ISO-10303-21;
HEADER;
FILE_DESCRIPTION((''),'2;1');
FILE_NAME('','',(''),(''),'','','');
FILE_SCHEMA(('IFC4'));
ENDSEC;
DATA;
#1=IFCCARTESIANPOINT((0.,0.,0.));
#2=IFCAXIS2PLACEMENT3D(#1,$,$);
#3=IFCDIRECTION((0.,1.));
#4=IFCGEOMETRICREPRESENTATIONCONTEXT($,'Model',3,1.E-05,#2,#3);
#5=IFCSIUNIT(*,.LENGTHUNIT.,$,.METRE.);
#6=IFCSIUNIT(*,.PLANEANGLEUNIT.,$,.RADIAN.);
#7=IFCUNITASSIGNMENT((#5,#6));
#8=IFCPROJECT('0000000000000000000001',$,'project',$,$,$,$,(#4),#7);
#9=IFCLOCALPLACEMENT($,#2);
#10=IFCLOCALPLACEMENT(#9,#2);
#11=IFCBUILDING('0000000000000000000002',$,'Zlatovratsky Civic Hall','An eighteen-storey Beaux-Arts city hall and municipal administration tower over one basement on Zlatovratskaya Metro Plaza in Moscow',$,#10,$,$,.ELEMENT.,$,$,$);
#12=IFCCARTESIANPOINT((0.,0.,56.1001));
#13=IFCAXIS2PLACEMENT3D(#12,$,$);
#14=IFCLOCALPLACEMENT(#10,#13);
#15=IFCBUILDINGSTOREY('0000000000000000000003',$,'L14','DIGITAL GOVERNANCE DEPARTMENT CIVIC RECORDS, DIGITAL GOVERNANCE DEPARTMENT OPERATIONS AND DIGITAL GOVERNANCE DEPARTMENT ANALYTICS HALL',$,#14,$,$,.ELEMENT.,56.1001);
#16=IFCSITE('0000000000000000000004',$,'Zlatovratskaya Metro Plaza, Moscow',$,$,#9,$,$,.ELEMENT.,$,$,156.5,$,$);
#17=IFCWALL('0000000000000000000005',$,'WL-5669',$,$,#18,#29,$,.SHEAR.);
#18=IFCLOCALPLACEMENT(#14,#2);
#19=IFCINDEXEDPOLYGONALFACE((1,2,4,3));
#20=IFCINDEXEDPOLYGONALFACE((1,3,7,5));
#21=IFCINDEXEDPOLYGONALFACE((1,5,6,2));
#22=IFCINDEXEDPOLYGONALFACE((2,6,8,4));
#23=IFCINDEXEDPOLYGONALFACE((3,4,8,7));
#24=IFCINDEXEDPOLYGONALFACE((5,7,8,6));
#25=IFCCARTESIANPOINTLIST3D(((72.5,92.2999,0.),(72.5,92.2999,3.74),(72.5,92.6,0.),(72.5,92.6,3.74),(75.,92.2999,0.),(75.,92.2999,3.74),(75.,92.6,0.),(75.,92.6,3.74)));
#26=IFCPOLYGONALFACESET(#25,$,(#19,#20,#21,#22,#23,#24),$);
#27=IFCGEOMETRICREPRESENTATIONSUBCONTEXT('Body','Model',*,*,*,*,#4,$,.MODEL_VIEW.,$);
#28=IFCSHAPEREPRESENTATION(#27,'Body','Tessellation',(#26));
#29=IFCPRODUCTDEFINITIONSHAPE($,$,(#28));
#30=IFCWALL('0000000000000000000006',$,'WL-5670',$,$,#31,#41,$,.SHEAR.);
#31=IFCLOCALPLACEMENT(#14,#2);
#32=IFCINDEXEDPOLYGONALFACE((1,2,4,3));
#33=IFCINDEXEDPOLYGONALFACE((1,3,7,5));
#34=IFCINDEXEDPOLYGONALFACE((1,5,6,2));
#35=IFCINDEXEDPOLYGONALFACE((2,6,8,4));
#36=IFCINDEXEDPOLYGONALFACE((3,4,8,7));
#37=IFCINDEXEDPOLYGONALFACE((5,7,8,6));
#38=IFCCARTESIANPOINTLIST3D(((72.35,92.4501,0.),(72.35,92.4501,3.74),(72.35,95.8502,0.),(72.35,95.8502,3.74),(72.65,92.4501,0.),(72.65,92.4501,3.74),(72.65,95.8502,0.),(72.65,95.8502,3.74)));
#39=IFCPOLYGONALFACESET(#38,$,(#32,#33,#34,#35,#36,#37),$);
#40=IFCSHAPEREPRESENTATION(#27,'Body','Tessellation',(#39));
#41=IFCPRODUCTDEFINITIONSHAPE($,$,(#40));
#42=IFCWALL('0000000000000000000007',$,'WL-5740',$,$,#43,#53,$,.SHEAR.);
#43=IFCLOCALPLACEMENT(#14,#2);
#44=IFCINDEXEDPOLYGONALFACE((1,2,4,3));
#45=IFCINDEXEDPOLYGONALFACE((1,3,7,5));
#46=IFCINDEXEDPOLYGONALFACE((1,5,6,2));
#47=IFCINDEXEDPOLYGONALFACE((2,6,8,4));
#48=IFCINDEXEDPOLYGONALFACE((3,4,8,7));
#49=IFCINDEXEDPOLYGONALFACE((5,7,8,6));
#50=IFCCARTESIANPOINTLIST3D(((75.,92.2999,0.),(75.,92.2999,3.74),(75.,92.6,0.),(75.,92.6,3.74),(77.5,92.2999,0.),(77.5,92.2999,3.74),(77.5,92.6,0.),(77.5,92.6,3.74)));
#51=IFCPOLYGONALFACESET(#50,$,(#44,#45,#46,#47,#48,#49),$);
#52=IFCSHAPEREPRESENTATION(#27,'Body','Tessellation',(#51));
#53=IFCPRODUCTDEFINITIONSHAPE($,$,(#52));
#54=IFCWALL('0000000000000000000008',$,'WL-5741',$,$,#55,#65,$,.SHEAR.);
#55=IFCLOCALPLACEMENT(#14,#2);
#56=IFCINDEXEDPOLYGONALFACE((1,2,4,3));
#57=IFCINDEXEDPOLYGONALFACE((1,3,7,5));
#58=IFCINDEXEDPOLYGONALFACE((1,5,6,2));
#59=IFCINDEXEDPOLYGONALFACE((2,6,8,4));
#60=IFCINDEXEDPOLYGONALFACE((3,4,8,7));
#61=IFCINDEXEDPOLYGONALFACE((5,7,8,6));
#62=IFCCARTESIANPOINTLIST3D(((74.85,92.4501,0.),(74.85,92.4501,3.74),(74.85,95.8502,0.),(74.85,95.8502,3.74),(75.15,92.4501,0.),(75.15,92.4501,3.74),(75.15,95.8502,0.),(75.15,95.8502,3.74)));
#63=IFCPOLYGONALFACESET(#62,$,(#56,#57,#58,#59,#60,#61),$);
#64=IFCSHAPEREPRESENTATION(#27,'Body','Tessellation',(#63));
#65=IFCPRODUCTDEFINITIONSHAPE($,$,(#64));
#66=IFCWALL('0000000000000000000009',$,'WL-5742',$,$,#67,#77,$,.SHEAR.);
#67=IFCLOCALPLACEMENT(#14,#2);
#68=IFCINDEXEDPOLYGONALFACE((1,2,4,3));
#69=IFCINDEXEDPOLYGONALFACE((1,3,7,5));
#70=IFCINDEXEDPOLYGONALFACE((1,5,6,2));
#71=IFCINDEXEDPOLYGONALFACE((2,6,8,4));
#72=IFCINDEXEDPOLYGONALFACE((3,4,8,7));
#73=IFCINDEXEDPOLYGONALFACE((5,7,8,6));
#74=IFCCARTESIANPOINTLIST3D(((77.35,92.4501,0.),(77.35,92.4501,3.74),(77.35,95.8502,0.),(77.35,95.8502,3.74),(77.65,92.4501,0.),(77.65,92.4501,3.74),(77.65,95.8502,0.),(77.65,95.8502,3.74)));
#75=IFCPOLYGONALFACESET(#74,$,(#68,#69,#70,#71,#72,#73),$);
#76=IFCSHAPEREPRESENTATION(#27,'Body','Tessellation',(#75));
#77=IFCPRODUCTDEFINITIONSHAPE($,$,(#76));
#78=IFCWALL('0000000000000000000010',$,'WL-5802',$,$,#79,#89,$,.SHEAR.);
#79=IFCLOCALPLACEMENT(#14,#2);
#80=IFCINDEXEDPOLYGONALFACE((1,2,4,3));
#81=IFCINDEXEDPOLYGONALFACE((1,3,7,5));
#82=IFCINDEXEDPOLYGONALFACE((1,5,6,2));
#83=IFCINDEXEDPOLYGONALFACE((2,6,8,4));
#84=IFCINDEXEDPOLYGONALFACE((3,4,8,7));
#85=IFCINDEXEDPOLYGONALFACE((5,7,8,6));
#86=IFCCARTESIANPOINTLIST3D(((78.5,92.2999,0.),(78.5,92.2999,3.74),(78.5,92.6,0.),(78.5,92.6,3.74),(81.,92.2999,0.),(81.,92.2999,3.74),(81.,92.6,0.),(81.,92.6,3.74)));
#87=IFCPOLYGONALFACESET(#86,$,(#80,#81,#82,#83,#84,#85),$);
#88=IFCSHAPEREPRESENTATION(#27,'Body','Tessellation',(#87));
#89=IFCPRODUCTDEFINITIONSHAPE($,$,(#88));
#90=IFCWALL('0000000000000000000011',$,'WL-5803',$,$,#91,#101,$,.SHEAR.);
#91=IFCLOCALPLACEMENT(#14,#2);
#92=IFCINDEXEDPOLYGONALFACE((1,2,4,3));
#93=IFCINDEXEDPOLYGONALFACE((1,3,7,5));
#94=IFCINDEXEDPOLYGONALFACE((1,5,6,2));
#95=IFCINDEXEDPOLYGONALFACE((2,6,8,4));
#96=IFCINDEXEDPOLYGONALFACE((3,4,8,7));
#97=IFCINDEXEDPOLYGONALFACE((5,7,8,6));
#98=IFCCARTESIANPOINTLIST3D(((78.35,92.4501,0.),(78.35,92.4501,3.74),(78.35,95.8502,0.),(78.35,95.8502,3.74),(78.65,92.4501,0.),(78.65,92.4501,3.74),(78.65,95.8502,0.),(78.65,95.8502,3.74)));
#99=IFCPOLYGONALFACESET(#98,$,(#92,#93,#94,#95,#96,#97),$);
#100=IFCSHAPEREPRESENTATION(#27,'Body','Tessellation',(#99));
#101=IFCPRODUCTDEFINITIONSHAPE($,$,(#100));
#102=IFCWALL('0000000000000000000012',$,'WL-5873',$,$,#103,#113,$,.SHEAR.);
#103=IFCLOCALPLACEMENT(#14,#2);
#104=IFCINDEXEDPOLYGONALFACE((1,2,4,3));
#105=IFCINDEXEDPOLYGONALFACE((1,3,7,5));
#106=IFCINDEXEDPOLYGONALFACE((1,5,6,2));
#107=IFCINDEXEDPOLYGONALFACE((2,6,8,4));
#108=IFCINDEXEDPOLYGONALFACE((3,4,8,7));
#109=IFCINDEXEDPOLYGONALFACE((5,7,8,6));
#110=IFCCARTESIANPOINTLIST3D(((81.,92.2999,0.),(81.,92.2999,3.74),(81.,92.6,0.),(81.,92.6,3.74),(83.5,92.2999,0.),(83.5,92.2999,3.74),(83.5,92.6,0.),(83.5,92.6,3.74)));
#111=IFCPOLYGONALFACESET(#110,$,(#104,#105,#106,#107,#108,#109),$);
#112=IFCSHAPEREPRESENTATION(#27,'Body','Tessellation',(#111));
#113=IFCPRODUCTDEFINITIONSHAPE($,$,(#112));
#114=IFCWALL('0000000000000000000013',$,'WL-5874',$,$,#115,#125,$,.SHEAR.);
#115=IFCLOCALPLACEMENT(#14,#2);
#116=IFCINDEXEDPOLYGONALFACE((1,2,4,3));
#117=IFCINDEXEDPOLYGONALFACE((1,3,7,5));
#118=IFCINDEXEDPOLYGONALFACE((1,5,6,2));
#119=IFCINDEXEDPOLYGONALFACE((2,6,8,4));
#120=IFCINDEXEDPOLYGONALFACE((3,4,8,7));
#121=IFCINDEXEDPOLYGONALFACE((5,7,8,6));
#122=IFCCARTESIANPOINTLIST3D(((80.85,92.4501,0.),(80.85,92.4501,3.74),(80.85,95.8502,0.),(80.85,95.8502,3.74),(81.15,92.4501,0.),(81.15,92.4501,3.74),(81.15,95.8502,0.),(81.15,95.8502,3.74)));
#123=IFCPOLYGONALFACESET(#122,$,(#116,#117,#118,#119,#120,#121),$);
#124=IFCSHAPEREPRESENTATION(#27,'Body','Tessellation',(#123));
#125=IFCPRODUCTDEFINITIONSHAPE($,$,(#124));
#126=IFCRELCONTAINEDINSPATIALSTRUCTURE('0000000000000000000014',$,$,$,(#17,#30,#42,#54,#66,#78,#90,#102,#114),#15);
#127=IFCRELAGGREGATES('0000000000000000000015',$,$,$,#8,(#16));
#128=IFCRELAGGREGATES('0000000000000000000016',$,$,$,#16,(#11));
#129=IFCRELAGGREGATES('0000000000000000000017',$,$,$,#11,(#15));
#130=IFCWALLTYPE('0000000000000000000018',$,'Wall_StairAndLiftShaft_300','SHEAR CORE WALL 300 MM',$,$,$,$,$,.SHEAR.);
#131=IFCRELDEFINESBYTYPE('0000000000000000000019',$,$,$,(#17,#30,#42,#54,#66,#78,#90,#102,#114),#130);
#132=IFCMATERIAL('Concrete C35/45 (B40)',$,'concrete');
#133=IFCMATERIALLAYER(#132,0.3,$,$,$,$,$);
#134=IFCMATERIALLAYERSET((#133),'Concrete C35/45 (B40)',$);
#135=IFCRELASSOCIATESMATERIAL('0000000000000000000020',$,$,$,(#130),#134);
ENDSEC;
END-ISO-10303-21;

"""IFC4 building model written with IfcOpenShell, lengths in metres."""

from ifc_helpers import new_model, si_unit, direction, frame, frame_2d, origin, place, context, subcontext, project, spatial, rectangle, extrude, material, layer, layer_set, type_object, element, save


model = new_model("IFC4")

# Units and contexts
model_context = context("Model", 3, precision=1e-05, world=origin(), true_north=direction((0.0, 1.0)))
body_context = subcontext(model_context, "Body", "Model", "MODEL_VIEW")
ifc_project = project(units=[si_unit("LENGTHUNIT", "METRE"), si_unit("PLANEANGLEUNIT", "RADIAN")], contexts=[model_context])

# Site, building, storey
site_placement = place(None, origin())
site = spatial("IfcSite", under=ifc_project, at=site_placement, Name="Zlatovratskaya Metro Plaza, Moscow", CompositionType="ELEMENT", RefElevation=156.5)
building_placement = place(site_placement, origin())
building = spatial("IfcBuilding", under=site, at=building_placement, Name="Zlatovratsky Civic Hall", Description="An eighteen-storey Beaux-Arts city hall and municipal administration tower over one basement on Zlatovratskaya Metro Plaza in Moscow", CompositionType="ELEMENT")
storey_placement = place(building_placement, frame((0.0, 0.0, 56.1001)))
storey = spatial("IfcBuildingStorey", under=building, at=storey_placement, Name="L14", Description="DIGITAL GOVERNANCE DEPARTMENT CIVIC RECORDS, DIGITAL GOVERNANCE DEPARTMENT OPERATIONS AND DIGITAL GOVERNANCE DEPARTMENT ANALYTICS HALL", CompositionType="ELEMENT", Elevation=56.1001)

# Shared definitions
ifc_material_1 = material(Name="Concrete C35/45 (B40)", Category="concrete")

# Shared definitions
ifc_layer_1 = layer(ifc_material_1, 0.3)
ifc_layer_set_1 = layer_set([ifc_layer_1], Name="Concrete C35/45 (B40)")
wall_type_1 = type_object("IfcWallType", Name="Wall_StairAndLiftShaft_300", Description="SHEAR CORE WALL 300 MM", PredefinedType="SHEAR", material=ifc_layer_set_1)

# Walls
wall_1_placement = place(storey_placement, frame((72.5, 92.45, 0.0), z_axis=(0.0, 0.0, 1.0), x_axis=(1.0, 0.0, 0.0)))
element("IfcWall", 1, at=wall_1_placement, inside=storey, type_object=wall_type_1, Name="WL-5669", PredefinedType="SHEAR", context=body_context, shape_type="SweptSolid", body=[
    extrude(rectangle(XDim=2.5, YDim=0.3, at=frame_2d((1.25, 0.0))), origin(), (0.0, 0.0, 1.0), 3.74),
])
wall_2_placement = place(storey_placement, frame((72.5, 92.45, 0.0), z_axis=(0.0, 0.0, 1.0), x_axis=(0.0, 1.0, 0.0)))
element("IfcWall", 2, at=wall_2_placement, inside=storey, type_object=wall_type_1, Name="WL-5670", PredefinedType="SHEAR", context=body_context, shape_type="SweptSolid", body=[
    extrude(rectangle(XDim=3.4001, YDim=0.3, at=frame_2d((1.7002, 0.0))), origin(), (0.0, 0.0, 1.0), 3.74),
])

# Walls
wall_3_placement = place(storey_placement, frame((75.0, 92.45, 0.0), z_axis=(0.0, 0.0, 1.0), x_axis=(1.0, 0.0, 0.0)))
element("IfcWall", 3, at=wall_3_placement, inside=storey, type_object=wall_type_1, Name="WL-5740", PredefinedType="SHEAR", context=body_context, shape_type="SweptSolid", body=[
    extrude(rectangle(XDim=2.5, YDim=0.3, at=frame_2d((1.25, 0.0))), origin(), (0.0, 0.0, 1.0), 3.74),
])
for number, where, z_axis, x_axis, name in (
    (4, (75.0, 92.45, 0.0), (0.0, 0.0, 1.0), (0.0, 1.0, 0.0), "WL-5741"),
    (5, (77.5, 92.45, 0.0), (0.0, 0.0, 1.0), (0.0, 1.0, 0.0), "WL-5742"),
):
    element("IfcWall", number, at=place(storey_placement, frame(where, z_axis=z_axis, x_axis=x_axis)), inside=storey, type_object=wall_type_1, Name=name, PredefinedType="SHEAR", context=body_context, shape_type="SweptSolid", body=[
        extrude(rectangle(XDim=3.4001, YDim=0.3, at=frame_2d((1.7002, 0.0))), origin(), (0.0, 0.0, 1.0), 3.74),
    ])

# Walls
wall_4_placement = place(storey_placement, frame((78.5, 92.45, 0.0), z_axis=(0.0, 0.0, 1.0), x_axis=(1.0, 0.0, 0.0)))
element("IfcWall", 6, at=wall_4_placement, inside=storey, type_object=wall_type_1, Name="WL-5802", PredefinedType="SHEAR", context=body_context, shape_type="SweptSolid", body=[
    extrude(rectangle(XDim=2.5, YDim=0.3, at=frame_2d((1.25, 0.0))), origin(), (0.0, 0.0, 1.0), 3.74),
])
wall_5_placement = place(storey_placement, frame((78.5, 92.45, 0.0), z_axis=(0.0, 0.0, 1.0), x_axis=(0.0, 1.0, 0.0)))
element("IfcWall", 7, at=wall_5_placement, inside=storey, type_object=wall_type_1, Name="WL-5803", PredefinedType="SHEAR", context=body_context, shape_type="SweptSolid", body=[
    extrude(rectangle(XDim=3.4001, YDim=0.3, at=frame_2d((1.7002, 0.0))), origin(), (0.0, 0.0, 1.0), 3.74),
])
wall_6_placement = place(storey_placement, frame((81.0, 92.45, 0.0), z_axis=(0.0, 0.0, 1.0), x_axis=(1.0, 0.0, 0.0)))
element("IfcWall", 8, at=wall_6_placement, inside=storey, type_object=wall_type_1, Name="WL-5873", PredefinedType="SHEAR", context=body_context, shape_type="SweptSolid", body=[
    extrude(rectangle(XDim=2.5, YDim=0.3, at=frame_2d((1.25, 0.0))), origin(), (0.0, 0.0, 1.0), 3.74),
])
wall_7_placement = place(storey_placement, frame((81.0, 92.45, 0.0), z_axis=(0.0, 0.0, 1.0), x_axis=(0.0, 1.0, 0.0)))
element("IfcWall", 9, at=wall_7_placement, inside=storey, type_object=wall_type_1, Name="WL-5874", PredefinedType="SHEAR", context=body_context, shape_type="SweptSolid", body=[
    extrude(rectangle(XDim=3.4001, YDim=0.3, at=frame_2d((1.7002, 0.0))), origin(), (0.0, 0.0, 1.0), 3.74),
])

save(model, "model.ifc")
